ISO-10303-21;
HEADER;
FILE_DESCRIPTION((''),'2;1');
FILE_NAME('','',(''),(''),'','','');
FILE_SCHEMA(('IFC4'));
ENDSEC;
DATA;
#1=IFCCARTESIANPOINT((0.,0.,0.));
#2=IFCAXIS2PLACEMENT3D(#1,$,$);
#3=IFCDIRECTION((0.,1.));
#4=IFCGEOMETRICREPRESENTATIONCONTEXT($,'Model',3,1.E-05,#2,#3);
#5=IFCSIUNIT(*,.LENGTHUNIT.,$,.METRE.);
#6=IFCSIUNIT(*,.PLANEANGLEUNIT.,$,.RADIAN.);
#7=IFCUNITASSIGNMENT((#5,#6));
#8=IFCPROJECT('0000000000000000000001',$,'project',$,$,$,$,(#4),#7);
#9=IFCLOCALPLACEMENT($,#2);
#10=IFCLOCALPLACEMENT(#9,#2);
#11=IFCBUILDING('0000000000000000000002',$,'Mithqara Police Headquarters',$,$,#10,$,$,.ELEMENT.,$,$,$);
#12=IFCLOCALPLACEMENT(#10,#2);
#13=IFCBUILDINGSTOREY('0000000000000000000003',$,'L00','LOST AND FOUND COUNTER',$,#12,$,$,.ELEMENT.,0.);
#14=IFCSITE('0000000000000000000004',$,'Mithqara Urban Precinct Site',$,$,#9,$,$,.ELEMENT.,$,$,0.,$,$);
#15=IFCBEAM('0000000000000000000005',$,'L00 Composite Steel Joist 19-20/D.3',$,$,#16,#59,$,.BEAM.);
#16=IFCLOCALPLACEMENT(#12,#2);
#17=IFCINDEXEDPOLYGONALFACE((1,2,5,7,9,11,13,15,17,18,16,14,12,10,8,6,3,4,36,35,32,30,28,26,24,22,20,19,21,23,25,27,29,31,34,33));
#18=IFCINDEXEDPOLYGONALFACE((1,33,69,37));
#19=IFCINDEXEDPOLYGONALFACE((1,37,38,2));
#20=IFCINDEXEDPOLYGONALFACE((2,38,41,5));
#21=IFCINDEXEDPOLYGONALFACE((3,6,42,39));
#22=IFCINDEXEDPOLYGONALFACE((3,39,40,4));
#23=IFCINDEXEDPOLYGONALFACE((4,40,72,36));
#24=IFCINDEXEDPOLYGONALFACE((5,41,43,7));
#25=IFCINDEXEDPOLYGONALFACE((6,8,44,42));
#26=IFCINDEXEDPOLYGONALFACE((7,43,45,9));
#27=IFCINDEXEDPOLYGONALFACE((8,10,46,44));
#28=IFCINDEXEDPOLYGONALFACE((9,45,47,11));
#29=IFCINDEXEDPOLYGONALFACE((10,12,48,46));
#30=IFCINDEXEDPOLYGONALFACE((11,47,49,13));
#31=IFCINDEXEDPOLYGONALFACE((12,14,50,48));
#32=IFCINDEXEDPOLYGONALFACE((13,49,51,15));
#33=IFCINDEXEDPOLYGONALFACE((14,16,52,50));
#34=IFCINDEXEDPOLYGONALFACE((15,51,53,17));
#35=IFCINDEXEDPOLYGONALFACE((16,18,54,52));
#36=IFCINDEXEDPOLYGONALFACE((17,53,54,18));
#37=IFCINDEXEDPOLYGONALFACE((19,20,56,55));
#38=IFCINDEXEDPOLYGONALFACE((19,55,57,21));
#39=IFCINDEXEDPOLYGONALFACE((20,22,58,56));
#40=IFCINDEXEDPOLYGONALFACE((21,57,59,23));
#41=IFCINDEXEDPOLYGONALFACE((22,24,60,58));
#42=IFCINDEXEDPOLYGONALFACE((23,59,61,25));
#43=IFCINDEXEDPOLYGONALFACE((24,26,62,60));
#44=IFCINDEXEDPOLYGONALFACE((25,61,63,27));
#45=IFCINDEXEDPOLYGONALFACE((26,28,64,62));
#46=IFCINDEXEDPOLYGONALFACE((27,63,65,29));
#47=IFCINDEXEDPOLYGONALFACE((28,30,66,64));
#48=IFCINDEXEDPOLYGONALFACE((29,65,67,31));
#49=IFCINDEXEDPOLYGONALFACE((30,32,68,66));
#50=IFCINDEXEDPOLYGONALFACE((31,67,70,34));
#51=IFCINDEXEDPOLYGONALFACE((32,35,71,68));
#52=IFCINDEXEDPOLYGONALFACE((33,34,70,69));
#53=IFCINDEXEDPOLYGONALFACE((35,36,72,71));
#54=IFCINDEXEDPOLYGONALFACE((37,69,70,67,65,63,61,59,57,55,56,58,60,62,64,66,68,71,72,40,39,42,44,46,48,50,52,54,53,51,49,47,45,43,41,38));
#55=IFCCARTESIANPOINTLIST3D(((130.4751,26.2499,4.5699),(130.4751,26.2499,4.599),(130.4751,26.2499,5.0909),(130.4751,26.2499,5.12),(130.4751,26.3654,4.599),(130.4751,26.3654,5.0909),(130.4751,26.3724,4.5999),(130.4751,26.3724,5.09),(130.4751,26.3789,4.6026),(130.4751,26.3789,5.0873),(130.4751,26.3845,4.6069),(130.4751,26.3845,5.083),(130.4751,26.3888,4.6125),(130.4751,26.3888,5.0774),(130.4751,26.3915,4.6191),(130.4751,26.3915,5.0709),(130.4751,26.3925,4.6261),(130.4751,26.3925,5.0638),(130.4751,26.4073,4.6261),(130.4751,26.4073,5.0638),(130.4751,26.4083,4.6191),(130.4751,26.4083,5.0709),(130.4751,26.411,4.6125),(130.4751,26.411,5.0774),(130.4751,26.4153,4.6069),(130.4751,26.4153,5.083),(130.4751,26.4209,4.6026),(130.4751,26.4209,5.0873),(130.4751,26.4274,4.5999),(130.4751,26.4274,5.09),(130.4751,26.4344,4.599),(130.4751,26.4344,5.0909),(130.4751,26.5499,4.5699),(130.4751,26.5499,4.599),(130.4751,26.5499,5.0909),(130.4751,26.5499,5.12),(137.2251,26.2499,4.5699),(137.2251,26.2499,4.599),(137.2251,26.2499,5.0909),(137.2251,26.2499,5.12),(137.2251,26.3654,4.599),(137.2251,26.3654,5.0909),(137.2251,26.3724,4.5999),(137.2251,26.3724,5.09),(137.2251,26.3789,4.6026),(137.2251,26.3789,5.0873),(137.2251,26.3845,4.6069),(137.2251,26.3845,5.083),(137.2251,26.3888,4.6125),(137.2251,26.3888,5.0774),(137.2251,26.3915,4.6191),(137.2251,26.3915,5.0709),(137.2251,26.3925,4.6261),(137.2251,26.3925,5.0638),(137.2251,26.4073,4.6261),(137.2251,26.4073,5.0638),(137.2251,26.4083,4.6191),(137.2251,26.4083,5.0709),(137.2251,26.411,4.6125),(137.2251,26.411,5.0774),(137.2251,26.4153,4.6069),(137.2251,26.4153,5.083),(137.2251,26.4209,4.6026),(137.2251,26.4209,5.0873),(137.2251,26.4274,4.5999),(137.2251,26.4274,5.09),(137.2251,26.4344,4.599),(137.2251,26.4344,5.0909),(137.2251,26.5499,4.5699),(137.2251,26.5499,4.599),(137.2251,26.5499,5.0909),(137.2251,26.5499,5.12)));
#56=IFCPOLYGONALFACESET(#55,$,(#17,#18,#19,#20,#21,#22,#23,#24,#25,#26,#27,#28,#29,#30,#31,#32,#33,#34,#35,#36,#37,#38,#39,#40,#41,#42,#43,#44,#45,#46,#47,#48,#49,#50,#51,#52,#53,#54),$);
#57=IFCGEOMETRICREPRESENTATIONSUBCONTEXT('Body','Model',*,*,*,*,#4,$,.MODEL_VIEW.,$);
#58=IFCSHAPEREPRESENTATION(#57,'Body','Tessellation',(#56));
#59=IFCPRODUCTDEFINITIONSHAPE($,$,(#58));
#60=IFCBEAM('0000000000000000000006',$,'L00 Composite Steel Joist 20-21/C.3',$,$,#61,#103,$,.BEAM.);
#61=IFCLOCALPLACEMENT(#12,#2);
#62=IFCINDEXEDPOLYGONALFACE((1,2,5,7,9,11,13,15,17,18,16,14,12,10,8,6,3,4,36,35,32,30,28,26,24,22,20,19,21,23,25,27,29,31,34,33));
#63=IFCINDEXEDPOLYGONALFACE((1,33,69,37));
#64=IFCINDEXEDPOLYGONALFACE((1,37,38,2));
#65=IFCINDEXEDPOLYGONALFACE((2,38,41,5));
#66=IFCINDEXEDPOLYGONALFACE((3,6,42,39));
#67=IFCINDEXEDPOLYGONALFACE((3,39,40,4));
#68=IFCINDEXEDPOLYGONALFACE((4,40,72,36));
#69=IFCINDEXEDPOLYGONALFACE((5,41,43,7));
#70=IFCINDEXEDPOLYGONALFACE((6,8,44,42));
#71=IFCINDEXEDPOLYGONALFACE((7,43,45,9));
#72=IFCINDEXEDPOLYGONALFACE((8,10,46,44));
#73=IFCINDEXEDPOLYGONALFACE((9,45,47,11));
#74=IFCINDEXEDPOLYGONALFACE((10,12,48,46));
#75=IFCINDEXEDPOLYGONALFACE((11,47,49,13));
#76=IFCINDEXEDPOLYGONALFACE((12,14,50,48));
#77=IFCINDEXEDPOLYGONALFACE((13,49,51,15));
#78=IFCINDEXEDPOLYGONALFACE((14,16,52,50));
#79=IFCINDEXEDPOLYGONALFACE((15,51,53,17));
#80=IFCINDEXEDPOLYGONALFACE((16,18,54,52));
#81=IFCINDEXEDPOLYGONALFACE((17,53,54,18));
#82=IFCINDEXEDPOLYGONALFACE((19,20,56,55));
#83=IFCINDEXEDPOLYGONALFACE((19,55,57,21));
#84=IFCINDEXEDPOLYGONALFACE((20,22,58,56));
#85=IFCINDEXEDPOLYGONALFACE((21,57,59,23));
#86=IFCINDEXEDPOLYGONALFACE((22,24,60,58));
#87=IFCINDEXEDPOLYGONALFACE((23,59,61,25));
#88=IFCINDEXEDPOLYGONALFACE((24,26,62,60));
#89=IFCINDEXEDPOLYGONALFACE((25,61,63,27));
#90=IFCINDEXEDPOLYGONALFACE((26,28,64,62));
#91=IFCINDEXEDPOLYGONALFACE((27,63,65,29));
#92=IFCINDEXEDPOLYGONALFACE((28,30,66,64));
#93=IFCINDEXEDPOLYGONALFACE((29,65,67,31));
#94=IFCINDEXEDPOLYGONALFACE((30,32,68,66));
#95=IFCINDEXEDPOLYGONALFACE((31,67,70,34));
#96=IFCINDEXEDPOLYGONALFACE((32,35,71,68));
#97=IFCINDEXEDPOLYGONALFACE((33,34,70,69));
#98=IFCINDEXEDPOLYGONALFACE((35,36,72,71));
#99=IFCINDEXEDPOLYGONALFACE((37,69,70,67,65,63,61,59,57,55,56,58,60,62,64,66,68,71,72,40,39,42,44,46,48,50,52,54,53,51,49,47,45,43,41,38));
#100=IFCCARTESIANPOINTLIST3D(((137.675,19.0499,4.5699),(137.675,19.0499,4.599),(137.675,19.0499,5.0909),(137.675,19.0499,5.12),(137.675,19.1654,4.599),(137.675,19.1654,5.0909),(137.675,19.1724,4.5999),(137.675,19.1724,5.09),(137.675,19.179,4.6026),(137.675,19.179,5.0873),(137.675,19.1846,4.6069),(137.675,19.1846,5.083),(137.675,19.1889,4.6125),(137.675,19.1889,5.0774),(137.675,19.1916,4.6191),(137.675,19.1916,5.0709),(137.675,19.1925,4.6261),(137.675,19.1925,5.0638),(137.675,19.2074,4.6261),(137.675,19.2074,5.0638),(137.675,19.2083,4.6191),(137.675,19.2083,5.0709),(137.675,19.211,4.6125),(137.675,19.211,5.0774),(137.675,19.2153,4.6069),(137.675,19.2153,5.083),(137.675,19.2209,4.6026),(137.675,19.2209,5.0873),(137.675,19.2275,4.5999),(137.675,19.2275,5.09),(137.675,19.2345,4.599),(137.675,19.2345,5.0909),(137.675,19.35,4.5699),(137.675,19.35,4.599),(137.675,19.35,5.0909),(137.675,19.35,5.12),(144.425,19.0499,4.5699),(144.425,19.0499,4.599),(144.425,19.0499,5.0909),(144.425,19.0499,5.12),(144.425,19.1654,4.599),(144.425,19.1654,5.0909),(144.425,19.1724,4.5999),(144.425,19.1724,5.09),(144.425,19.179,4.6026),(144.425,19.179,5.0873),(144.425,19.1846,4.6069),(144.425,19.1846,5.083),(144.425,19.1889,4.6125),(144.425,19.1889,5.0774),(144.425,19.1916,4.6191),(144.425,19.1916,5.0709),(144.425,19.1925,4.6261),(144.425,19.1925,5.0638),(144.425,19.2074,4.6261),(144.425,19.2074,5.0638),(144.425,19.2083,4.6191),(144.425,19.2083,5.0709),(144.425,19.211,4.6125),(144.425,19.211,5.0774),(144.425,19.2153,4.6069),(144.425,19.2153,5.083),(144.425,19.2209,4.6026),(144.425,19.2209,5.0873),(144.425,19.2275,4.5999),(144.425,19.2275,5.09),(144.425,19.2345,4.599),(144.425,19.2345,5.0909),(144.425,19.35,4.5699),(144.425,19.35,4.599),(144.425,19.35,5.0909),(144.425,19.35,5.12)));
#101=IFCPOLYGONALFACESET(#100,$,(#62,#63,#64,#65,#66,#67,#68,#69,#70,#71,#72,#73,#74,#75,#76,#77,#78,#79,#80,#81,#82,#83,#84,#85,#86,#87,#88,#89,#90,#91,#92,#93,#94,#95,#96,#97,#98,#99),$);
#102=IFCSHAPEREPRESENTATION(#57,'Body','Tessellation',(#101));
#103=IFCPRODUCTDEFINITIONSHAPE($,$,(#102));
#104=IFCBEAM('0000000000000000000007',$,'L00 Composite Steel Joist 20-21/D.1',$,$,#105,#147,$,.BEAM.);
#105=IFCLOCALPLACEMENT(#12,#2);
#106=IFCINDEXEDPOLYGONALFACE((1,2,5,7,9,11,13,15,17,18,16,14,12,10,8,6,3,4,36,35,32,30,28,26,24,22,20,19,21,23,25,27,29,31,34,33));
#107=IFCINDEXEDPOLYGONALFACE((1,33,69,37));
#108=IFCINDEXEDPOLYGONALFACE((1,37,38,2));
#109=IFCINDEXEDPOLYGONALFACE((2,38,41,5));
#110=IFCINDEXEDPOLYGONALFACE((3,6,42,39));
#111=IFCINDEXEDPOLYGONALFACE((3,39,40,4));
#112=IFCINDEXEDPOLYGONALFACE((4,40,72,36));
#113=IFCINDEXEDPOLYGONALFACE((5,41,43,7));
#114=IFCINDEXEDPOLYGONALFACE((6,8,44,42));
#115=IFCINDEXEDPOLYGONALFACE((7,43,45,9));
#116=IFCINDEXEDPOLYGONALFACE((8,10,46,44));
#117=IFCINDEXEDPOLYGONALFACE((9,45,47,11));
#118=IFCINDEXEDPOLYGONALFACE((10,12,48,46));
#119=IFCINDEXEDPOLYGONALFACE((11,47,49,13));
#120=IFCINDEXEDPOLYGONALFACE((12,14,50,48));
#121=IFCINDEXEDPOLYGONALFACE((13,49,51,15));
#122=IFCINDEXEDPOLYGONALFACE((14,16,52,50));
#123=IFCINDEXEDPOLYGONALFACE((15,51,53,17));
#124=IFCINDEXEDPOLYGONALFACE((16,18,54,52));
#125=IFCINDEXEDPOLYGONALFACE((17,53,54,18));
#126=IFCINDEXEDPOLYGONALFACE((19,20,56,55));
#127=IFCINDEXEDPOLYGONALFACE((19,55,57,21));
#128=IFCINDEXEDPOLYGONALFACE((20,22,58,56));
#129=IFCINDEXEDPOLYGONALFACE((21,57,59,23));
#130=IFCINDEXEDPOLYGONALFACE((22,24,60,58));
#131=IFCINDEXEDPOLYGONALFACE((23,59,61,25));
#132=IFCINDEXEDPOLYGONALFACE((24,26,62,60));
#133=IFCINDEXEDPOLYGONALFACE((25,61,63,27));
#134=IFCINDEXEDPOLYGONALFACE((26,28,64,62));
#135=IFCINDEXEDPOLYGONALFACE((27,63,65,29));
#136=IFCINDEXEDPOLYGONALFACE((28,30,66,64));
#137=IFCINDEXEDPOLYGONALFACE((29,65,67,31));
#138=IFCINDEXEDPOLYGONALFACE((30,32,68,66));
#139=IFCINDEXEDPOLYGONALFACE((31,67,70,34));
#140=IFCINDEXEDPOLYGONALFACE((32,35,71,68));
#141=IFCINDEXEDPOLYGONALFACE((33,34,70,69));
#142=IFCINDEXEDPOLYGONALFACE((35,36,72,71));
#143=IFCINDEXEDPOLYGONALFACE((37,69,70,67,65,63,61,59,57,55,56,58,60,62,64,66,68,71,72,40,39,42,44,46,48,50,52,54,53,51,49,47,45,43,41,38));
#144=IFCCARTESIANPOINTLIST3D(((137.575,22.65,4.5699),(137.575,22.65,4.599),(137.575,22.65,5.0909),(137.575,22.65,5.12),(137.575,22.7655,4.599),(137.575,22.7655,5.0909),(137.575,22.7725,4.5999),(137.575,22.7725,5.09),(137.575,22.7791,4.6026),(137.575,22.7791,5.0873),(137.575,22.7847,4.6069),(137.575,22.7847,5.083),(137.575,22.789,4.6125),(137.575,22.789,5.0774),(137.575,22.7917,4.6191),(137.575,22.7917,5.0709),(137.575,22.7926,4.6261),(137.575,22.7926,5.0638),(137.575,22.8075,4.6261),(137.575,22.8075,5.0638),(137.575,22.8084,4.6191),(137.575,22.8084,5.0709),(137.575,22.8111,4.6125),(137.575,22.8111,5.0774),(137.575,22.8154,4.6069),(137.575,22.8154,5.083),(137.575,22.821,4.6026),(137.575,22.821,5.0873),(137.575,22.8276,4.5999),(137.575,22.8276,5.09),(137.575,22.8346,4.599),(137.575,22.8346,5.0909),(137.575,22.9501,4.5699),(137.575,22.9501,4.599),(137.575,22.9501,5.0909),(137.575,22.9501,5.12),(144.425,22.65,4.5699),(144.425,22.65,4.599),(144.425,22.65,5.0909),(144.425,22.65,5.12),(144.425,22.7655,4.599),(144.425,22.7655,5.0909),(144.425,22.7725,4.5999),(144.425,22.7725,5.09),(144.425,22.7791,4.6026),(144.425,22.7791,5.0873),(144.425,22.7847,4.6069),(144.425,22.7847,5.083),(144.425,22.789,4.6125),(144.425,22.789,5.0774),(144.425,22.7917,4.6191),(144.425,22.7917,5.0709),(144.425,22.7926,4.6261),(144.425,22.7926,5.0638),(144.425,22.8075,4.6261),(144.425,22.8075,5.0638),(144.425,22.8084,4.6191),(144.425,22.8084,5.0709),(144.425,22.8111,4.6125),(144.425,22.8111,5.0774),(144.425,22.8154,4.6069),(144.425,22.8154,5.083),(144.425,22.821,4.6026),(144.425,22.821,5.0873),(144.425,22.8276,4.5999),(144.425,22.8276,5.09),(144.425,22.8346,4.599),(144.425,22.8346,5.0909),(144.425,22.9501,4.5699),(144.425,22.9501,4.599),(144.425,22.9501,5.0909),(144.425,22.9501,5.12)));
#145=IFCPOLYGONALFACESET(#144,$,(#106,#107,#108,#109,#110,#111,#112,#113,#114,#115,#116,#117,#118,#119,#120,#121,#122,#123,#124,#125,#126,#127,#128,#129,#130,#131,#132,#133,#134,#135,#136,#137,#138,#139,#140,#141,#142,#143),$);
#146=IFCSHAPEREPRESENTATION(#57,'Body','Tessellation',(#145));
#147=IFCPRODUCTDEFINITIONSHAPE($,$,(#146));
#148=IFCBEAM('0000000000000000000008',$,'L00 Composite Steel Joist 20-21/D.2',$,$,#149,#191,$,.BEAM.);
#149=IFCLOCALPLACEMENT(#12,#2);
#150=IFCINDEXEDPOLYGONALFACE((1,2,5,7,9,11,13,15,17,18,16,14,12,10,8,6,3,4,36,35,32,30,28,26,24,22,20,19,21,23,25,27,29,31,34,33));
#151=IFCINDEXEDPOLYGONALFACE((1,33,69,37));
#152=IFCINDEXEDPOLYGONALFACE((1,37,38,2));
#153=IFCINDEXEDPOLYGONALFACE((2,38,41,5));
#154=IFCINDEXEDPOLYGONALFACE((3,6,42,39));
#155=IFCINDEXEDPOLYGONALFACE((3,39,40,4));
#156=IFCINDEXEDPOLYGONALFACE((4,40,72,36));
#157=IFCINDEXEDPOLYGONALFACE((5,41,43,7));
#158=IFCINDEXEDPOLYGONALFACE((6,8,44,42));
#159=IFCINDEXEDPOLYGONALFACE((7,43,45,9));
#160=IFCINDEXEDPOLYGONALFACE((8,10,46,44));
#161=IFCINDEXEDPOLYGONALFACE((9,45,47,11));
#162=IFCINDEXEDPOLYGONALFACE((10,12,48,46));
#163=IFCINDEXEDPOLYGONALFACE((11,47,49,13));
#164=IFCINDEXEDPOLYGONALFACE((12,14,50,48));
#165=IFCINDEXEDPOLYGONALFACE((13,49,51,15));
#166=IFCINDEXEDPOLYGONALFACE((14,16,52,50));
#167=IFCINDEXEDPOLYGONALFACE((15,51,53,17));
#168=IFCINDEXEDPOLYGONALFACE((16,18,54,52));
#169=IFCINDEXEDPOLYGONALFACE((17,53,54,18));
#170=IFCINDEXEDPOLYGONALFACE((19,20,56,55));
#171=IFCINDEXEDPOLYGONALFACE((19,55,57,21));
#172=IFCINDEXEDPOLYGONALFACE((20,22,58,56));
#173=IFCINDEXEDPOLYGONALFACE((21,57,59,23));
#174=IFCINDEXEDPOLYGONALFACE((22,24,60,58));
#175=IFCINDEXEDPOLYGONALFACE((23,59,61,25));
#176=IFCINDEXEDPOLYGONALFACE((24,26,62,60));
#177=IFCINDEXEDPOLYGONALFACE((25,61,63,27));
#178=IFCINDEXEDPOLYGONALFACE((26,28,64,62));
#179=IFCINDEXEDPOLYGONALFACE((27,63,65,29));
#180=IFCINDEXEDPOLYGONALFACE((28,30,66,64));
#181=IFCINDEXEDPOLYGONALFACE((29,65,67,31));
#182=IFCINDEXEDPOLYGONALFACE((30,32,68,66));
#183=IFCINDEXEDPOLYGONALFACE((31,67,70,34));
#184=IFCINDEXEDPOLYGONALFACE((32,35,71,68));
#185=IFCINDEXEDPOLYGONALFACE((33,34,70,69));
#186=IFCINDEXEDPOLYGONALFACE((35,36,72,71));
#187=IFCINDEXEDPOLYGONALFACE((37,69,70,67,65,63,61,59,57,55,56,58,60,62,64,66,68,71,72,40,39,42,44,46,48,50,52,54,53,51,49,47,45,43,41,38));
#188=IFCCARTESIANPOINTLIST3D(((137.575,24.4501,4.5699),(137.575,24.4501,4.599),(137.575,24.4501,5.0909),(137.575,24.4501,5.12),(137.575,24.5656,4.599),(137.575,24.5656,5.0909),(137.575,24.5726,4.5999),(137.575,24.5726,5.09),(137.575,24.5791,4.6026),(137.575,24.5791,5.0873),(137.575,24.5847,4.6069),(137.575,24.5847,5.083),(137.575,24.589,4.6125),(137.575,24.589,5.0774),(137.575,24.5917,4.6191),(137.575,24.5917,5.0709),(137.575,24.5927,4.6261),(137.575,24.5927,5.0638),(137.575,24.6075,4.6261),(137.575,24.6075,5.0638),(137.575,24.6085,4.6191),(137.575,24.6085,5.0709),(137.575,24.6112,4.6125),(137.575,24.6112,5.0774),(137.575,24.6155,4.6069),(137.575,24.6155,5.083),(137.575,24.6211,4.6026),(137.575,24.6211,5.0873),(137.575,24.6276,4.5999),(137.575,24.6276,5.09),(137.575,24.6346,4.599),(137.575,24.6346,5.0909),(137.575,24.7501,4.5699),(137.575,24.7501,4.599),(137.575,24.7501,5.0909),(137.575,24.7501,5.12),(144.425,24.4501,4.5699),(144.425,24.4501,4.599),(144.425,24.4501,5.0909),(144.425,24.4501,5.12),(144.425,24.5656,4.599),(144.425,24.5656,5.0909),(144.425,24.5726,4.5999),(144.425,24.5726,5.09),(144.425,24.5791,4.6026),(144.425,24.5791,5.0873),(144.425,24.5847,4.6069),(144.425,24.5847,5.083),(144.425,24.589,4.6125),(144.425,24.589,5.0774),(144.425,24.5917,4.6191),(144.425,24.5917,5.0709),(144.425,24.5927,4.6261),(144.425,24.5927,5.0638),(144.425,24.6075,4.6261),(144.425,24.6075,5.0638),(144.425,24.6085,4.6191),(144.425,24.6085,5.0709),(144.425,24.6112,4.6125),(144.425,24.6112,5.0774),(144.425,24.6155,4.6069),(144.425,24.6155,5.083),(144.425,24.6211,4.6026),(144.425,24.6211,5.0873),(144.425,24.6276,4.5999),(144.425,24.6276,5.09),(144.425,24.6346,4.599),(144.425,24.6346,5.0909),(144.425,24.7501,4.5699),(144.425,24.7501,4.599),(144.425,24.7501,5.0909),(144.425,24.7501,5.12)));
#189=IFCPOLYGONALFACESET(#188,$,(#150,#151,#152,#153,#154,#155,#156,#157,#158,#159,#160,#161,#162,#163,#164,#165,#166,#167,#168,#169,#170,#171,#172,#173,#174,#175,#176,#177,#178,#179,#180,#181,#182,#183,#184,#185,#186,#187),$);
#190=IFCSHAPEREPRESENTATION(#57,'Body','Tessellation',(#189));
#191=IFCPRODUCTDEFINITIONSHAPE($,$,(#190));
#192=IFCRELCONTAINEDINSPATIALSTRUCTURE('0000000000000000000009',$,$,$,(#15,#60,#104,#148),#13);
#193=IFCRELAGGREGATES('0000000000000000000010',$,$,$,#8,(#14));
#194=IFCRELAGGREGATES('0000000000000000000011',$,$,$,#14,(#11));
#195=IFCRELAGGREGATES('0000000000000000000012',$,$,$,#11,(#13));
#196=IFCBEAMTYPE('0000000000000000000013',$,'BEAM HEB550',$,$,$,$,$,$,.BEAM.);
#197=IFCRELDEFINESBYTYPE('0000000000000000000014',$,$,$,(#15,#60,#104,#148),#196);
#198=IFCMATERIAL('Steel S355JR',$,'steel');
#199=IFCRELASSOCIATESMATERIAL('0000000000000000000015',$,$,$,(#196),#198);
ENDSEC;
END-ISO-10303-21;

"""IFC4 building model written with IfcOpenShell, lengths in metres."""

from ifc_helpers import new_model, si_unit, direction, frame, origin, origin_2d, place, context, subcontext, project, spatial, i_section, extrude, material, material_profile, profile_set, type_object, element, save


model = new_model("IFC4")

# Units and contexts
model_context = context("Model", 3, precision=1e-05, world=origin(), true_north=direction((0.0, 1.0)))
body_context = subcontext(model_context, "Body", "Model", "MODEL_VIEW")
ifc_project = project(units=[si_unit("LENGTHUNIT", "METRE"), si_unit("PLANEANGLEUNIT", "RADIAN")], contexts=[model_context])

# Site, building, storey
site_placement = place(None, origin())
site = spatial("IfcSite", under=ifc_project, at=site_placement, Name="Mithqara Urban Precinct Site", CompositionType="ELEMENT", RefElevation=0.0)
building_placement = place(site_placement, origin())
building = spatial("IfcBuilding", under=site, at=building_placement, Name="Mithqara Police Headquarters", CompositionType="ELEMENT")
storey_placement = place(building_placement, origin())
storey = spatial("IfcBuildingStorey", under=building, at=storey_placement, Name="L00", Description="LOST AND FOUND COUNTER", CompositionType="ELEMENT", Elevation=0.0)

# Beams
ifc_material_1 = material(Name="Steel S355JR", Category="steel")
ifc_material_profile_1 = material_profile(ifc_material_1, i_section(OverallWidth=0.3, OverallDepth=0.55, WebThickness=0.0149, FlangeThickness=0.0291, FilletRadius=0.0271, at=origin_2d()), Name="HEB 550")
ifc_profile_set_1 = profile_set([ifc_material_profile_1], Name="Steel S355JR")
beam_type_1 = type_object("IfcBeamType", Name="BEAM HEB550", PredefinedType="BEAM", material=ifc_profile_set_1)
for number, where, z_axis, x_axis, name in (
    (1, (130.4751, 26.3999, 4.845), (1.0, 0.0, 0.0), (0.0, 1.0, 0.0), "L00 Composite Steel Joist 19-20/D.3"),
    (2, (137.675, 19.2, 4.845), (1.0, 0.0, 0.0), (0.0, 1.0, 0.0), "L00 Composite Steel Joist 20-21/C.3"),
):
    element("IfcBeam", number, at=place(storey_placement, frame(where, z_axis=z_axis, x_axis=x_axis)), inside=storey, type_object=beam_type_1, Name=name, PredefinedType="BEAM", context=body_context, shape_type="SweptSolid", body=[
        extrude(i_section(OverallWidth=0.3, OverallDepth=0.55, WebThickness=0.0149, FlangeThickness=0.0291, FilletRadius=0.0271, at=origin_2d()), origin(), (0.0, 0.0, 1.0), 6.75),
    ])
for number, where, z_axis, x_axis, name in (
    (3, (137.575, 22.8, 4.845), (1.0, 0.0, 0.0), (0.0, 1.0, 0.0), "L00 Composite Steel Joist 20-21/D.1"),
    (4, (137.575, 24.6001, 4.845), (1.0, 0.0, 0.0), (0.0, 1.0, 0.0), "L00 Composite Steel Joist 20-21/D.2"),
):
    element("IfcBeam", number, at=place(storey_placement, frame(where, z_axis=z_axis, x_axis=x_axis)), inside=storey, type_object=beam_type_1, Name=name, PredefinedType="BEAM", context=body_context, shape_type="SweptSolid", body=[
        extrude(i_section(OverallWidth=0.3, OverallDepth=0.55, WebThickness=0.0149, FlangeThickness=0.0291, FilletRadius=0.0271, at=origin_2d()), origin(), (0.0, 0.0, 1.0), 6.8501),
    ])

save(model, "model.ifc")
